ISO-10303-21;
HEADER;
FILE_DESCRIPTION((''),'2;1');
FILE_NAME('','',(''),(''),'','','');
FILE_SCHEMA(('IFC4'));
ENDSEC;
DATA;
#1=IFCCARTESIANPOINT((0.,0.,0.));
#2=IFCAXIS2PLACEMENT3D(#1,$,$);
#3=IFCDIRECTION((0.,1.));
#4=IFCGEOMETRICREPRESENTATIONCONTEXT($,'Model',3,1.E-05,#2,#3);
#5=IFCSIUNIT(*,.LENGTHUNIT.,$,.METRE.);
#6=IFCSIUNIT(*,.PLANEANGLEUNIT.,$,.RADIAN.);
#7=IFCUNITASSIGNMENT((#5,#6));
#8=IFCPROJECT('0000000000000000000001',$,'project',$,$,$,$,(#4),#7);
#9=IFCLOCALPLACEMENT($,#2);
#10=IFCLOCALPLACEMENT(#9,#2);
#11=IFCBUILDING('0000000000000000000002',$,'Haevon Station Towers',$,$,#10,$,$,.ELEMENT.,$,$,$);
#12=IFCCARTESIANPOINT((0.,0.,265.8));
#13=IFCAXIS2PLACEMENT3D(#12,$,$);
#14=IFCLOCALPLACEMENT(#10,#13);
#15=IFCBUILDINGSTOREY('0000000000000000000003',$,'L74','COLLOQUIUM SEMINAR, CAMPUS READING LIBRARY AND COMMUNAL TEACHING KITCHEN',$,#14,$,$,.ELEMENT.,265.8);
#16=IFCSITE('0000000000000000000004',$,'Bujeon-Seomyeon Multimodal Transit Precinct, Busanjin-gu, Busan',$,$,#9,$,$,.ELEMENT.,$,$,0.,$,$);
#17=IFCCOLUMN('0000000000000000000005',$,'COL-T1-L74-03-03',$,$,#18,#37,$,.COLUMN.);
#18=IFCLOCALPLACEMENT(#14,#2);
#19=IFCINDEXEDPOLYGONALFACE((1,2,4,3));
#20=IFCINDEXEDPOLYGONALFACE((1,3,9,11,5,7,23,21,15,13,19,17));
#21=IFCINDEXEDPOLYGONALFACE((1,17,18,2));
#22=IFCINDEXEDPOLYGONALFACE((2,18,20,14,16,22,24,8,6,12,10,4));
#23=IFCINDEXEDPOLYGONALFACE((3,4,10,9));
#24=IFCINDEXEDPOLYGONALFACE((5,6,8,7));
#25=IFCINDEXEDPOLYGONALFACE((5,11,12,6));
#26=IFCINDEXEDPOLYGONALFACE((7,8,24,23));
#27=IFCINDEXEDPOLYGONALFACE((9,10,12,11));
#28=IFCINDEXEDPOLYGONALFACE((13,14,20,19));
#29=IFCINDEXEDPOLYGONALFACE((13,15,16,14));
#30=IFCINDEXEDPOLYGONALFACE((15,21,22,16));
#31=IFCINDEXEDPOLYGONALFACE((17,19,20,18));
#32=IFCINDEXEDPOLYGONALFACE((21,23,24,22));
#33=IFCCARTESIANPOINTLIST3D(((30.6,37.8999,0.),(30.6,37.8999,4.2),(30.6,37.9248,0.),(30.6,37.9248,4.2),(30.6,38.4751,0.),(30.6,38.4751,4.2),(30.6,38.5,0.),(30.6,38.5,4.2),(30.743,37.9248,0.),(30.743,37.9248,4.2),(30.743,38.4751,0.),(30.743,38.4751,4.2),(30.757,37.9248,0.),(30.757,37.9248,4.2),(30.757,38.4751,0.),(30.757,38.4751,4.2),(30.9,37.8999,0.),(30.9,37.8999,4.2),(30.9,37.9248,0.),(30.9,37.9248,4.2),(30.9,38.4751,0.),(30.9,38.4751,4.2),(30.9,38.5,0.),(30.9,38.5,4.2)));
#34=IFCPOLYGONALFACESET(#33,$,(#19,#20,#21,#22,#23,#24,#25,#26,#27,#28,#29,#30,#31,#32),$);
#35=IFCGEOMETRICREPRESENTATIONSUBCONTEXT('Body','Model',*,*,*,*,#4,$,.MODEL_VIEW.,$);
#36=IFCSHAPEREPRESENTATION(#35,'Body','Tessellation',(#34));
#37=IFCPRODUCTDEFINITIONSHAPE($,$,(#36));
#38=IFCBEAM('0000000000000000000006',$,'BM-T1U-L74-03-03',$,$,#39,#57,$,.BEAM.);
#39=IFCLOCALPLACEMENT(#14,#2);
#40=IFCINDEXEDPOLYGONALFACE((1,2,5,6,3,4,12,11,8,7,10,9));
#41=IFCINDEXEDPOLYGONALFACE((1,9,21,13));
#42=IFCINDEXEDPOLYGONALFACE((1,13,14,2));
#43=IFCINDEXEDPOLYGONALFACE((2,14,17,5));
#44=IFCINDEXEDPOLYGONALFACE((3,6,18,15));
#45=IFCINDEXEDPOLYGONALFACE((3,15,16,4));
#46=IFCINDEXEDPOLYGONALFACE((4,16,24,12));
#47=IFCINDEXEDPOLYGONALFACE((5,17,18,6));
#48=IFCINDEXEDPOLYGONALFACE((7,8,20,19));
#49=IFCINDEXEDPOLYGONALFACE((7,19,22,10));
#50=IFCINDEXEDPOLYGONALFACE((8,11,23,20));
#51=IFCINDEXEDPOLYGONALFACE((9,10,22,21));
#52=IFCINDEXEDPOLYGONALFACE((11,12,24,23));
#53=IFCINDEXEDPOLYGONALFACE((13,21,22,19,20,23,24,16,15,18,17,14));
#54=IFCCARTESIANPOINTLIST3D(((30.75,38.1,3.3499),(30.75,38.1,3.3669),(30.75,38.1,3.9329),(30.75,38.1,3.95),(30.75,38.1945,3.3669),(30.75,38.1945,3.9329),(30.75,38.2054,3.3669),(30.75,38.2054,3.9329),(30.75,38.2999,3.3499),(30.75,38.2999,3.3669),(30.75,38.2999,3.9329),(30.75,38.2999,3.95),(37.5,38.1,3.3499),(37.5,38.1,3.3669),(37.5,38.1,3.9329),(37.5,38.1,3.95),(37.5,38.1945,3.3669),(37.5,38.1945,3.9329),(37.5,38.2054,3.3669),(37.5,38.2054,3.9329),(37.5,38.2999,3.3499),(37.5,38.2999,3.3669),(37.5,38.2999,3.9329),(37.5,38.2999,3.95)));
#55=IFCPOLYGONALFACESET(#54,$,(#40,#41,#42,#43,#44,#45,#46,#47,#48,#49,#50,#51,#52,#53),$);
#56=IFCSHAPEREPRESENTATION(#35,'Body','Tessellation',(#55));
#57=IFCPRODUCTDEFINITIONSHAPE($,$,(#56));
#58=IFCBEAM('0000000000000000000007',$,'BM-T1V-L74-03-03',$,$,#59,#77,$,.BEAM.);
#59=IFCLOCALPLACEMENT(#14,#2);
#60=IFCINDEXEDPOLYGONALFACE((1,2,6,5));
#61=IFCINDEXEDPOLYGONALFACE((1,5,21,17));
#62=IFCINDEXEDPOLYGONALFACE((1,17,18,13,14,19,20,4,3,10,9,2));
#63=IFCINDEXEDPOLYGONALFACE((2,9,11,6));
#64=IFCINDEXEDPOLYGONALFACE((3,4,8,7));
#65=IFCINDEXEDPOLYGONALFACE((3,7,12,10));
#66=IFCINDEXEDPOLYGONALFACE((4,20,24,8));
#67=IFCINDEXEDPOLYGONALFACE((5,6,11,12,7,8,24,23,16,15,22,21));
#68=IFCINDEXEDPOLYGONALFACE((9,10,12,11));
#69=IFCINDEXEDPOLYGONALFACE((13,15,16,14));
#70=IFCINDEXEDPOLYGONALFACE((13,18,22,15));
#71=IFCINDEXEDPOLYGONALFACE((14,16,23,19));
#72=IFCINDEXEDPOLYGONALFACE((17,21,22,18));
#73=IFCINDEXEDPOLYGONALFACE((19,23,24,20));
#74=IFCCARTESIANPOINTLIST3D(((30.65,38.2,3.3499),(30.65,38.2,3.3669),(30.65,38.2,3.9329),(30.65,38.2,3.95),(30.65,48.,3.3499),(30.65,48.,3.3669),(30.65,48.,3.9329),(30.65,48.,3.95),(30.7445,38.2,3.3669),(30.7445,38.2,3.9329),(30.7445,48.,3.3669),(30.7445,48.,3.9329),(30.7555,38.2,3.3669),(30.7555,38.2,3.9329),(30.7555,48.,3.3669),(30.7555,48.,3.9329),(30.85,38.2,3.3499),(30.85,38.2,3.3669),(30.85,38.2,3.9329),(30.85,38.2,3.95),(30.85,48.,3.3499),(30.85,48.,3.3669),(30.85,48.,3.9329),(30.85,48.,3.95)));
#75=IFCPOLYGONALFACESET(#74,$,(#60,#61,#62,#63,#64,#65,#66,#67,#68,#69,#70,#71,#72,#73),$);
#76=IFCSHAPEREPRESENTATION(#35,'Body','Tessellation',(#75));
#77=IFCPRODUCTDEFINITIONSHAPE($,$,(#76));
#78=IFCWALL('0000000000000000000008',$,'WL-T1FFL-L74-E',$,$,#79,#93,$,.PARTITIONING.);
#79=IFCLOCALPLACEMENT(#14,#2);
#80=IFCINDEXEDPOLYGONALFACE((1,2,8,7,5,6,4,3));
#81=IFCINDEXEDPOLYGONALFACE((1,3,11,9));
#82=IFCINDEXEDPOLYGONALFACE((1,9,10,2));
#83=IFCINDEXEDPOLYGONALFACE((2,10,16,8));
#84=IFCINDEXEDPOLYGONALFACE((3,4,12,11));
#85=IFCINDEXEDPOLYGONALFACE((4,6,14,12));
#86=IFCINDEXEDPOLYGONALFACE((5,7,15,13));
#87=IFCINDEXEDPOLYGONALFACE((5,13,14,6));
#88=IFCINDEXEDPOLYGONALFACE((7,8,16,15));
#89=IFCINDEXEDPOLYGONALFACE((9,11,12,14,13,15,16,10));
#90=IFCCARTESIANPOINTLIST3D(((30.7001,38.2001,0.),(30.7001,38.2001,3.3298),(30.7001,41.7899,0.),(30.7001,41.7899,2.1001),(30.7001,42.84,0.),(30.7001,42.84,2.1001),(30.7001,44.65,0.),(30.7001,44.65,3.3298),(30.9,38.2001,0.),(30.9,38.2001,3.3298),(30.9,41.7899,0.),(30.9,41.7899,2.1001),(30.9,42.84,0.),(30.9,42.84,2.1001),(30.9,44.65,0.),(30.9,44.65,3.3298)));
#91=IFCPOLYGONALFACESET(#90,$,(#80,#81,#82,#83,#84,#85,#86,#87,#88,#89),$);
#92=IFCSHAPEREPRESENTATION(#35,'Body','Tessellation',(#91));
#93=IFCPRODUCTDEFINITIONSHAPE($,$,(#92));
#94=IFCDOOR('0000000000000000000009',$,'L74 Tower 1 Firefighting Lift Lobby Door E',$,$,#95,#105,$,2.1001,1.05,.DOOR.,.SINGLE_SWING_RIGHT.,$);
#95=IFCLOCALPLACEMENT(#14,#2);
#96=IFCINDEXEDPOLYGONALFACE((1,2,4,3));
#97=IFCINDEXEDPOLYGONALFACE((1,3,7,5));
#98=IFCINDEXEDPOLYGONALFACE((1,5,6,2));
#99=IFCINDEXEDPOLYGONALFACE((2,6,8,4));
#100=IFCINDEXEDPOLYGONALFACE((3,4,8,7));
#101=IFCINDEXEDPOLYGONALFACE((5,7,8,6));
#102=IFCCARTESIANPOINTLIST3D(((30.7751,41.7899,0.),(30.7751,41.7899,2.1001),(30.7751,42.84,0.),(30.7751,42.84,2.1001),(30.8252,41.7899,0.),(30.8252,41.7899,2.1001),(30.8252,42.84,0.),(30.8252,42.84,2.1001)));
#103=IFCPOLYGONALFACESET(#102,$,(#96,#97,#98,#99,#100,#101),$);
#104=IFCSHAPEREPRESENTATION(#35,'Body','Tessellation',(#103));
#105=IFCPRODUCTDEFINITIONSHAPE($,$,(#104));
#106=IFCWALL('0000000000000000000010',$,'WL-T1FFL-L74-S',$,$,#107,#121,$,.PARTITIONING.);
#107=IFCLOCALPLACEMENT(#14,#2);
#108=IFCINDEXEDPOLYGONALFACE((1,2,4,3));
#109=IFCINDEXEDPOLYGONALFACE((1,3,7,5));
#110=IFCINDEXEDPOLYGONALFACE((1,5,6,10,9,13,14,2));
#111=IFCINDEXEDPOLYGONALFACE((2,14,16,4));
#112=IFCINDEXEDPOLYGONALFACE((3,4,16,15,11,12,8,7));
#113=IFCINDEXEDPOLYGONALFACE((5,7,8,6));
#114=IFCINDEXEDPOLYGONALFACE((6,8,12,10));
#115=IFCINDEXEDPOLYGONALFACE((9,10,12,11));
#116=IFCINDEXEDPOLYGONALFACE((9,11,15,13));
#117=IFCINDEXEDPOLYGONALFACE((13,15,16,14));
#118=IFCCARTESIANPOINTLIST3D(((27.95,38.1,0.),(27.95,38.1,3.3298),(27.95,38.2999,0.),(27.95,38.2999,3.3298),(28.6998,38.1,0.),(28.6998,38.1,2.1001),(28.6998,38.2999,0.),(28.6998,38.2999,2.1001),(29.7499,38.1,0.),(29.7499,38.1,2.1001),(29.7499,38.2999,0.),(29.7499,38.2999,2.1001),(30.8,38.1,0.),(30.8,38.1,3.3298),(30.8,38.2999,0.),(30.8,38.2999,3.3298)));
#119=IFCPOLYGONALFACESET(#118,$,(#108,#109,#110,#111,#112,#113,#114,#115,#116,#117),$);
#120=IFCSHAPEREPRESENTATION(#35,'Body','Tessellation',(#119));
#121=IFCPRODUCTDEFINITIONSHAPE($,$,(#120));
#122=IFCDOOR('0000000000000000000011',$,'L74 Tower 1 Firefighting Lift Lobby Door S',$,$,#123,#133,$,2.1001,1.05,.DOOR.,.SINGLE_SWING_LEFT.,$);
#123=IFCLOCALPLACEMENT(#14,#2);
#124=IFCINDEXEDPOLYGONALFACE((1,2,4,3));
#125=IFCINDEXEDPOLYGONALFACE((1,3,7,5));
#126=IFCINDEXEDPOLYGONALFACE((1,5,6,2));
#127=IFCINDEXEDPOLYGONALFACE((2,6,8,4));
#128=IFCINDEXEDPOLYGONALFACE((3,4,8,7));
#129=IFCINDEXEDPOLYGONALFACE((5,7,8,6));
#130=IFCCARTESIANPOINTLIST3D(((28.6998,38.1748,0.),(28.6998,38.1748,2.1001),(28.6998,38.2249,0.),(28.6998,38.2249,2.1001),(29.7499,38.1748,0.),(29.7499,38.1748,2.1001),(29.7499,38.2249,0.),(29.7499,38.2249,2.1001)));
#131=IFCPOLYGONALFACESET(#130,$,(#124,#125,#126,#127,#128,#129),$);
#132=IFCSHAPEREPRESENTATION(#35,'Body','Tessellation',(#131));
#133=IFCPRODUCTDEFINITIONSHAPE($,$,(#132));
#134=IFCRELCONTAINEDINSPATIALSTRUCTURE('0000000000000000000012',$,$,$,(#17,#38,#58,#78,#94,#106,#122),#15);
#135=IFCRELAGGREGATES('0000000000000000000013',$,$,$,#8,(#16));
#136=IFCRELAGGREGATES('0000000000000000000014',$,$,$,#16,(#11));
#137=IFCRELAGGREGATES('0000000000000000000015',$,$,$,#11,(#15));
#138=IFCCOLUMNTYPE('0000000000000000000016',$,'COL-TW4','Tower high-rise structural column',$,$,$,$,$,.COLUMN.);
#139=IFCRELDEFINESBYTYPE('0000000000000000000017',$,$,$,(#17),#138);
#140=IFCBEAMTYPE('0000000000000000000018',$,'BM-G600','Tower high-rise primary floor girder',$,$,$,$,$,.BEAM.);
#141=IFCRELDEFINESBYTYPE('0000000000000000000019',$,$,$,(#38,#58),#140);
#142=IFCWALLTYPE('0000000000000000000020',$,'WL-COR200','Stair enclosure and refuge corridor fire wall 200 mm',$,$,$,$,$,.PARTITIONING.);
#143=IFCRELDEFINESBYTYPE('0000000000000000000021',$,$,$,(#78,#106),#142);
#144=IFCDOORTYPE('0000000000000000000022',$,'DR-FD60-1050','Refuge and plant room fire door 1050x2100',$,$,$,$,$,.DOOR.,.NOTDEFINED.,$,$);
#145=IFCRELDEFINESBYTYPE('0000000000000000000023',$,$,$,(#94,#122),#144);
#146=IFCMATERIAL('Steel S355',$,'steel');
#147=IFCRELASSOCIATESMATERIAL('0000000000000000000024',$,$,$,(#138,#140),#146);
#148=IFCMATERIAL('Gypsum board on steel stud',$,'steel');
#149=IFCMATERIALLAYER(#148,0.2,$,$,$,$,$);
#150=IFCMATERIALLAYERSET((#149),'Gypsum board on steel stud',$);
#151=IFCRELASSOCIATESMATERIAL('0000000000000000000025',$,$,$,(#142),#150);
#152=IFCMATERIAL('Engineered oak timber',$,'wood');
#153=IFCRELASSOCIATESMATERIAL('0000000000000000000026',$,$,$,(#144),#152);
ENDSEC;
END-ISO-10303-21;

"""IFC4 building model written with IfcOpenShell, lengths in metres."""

from ifc_helpers import new_model, si_unit, direction, frame, frame_2d, origin, origin_2d, place, context, subcontext, project, spatial, rectangle, i_section, extrude, material, layer, layer_set, material_profile, profile_set, type_object, element, fill, save


model = new_model("IFC4")

# Units and contexts
model_context = context("Model", 3, precision=1e-05, world=origin(), true_north=direction((0.0, 1.0)))
body_context = subcontext(model_context, "Body", "Model", "MODEL_VIEW")
ifc_project = project(units=[si_unit("LENGTHUNIT", "METRE"), si_unit("PLANEANGLEUNIT", "RADIAN")], contexts=[model_context])

# Site, building, storey
site_placement = place(None, origin())
site = spatial("IfcSite", under=ifc_project, at=site_placement, Name="Bujeon-Seomyeon Multimodal Transit Precinct, Busanjin-gu, Busan", CompositionType="ELEMENT", RefElevation=0.0)
building_placement = place(site_placement, origin())
building = spatial("IfcBuilding", under=site, at=building_placement, Name="Haevon Station Towers", CompositionType="ELEMENT")
storey_placement = place(building_placement, frame((0.0, 0.0, 265.8)))
storey = spatial("IfcBuildingStorey", under=building, at=storey_placement, Name="L74", Description="COLLOQUIUM SEMINAR, CAMPUS READING LIBRARY AND COMMUNAL TEACHING KITCHEN", CompositionType="ELEMENT", Elevation=265.8)

# Column
ifc_material_1 = material(Name="Steel S355", Category="steel")
ifc_material_profile_1 = material_profile(ifc_material_1, i_section(OverallWidth=0.3, OverallDepth=0.6001, WebThickness=0.0139, FlangeThickness=0.0249, at=origin_2d()), Name="H-600x300x14x25")
ifc_profile_set_1 = profile_set([ifc_material_profile_1], Name="Steel S355")
column_type = type_object("IfcColumnType", Name="COL-TW4", Description="Tower high-rise structural column", PredefinedType="COLUMN", material=ifc_profile_set_1)
column_placement = place(storey_placement, frame((30.75, 38.2, 0.0), z_axis=(0.0, 0.0, 1.0), x_axis=(1.0, 0.0, 0.0)))
element("IfcColumn", 1, at=column_placement, inside=storey, type_object=column_type, Name="COL-T1-L74-03-03", PredefinedType="COLUMN", context=body_context, shape_type="SweptSolid", body=[
    extrude(i_section(OverallWidth=0.3, OverallDepth=0.6001, WebThickness=0.0139, FlangeThickness=0.0249, at=origin_2d()), origin(), (0.0, 0.0, 1.0), 4.2),
])

# Beams
ifc_material_profile_2 = material_profile(ifc_material_1, i_section(OverallWidth=0.2, OverallDepth=0.6001, WebThickness=0.011, FlangeThickness=0.0171, at=origin_2d()), Name="H-600x200x11x17")
ifc_profile_set_2 = profile_set([ifc_material_profile_2], Name="Steel S355")
beam_type = type_object("IfcBeamType", Name="BM-G600", Description="Tower high-rise primary floor girder", PredefinedType="BEAM", material=ifc_profile_set_2)
beam_1_placement = place(storey_placement, frame((30.75, 38.2, 3.6499), z_axis=(1.0, 0.0, 0.0), x_axis=(0.0, 1.0, 0.0)))
element("IfcBeam", 2, at=beam_1_placement, inside=storey, type_object=beam_type, Name="BM-T1U-L74-03-03", PredefinedType="BEAM", context=body_context, shape_type="SweptSolid", body=[
    extrude(i_section(OverallWidth=0.2, OverallDepth=0.6001, WebThickness=0.011, FlangeThickness=0.0171, at=origin_2d()), origin(), (0.0, 0.0, 1.0), 6.75),
])
beam_2_placement = place(storey_placement, frame((30.75, 38.2, 3.6499), z_axis=(0.0, 1.0, 0.0), x_axis=(-1.0, 0.0, 0.0)))
element("IfcBeam", 3, at=beam_2_placement, inside=storey, type_object=beam_type, Name="BM-T1V-L74-03-03", PredefinedType="BEAM", context=body_context, shape_type="SweptSolid", body=[
    extrude(i_section(OverallWidth=0.2, OverallDepth=0.6001, WebThickness=0.011, FlangeThickness=0.0171, at=origin_2d()), origin(), (0.0, 0.0, 1.0), 9.8),
])

# Walls, openings, doors
ifc_material_2 = material(Name="Gypsum board on steel stud", Category="steel")
ifc_layer_1 = layer(ifc_material_2, 0.2)
ifc_layer_set_1 = layer_set([ifc_layer_1], Name="Gypsum board on steel stud")
wall_type_1 = type_object("IfcWallType", Name="WL-COR200", Description="Stair enclosure and refuge corridor fire wall 200 mm", PredefinedType="PARTITIONING", material=ifc_layer_set_1)
wall_1_placement = place(storey_placement, frame((30.8, 38.2, 0.0), z_axis=(0.0, 0.0, 1.0), x_axis=(0.0, 1.0, 0.0)))
wall_1 = element("IfcWall", 4, at=wall_1_placement, inside=storey, type_object=wall_type_1, Name="WL-T1FFL-L74-E", PredefinedType="PARTITIONING", context=body_context, shape_type="SweptSolid", body=[
    extrude(rectangle(XDim=6.45, YDim=0.2, at=frame_2d((3.2251, 0.0))), origin(), (0.0, 0.0, 1.0), 3.3298),
])
opening_1_placement = place(wall_1_placement, frame((3.5901, 0.0, 0.0)))
opening_1 = element("IfcOpeningElement", 5, at=opening_1_placement, cuts=wall_1, PredefinedType="OPENING", context=body_context, shape_type="SweptSolid", body=[
    extrude(rectangle(XDim=1.05, YDim=2.1001, at=frame_2d((0.5249, 1.05))), frame((0.0, 0.1099, 0.0), z_axis=(0.0, -1.0, 0.0), x_axis=(1.0, 0.0, 0.0)), (0.0, 0.0, 1.0), 0.22),
])
ifc_material_3 = material(Name="Engineered oak timber", Category="wood")
door_type_1 = type_object("IfcDoorType", Name="DR-FD60-1050", Description="Refuge and plant room fire door 1050x2100", OperationType="NOTDEFINED", PredefinedType="DOOR", material=ifc_material_3)
door_1_placement = place(opening_1_placement, origin())
door_1 = element("IfcDoor", 6, at=door_1_placement, inside=storey, type_object=door_type_1, Name="L74 Tower 1 Firefighting Lift Lobby Door E", OperationType="SINGLE_SWING_RIGHT", OverallHeight=2.1001, OverallWidth=1.05, PredefinedType="DOOR", context=body_context, shape_type="SweptSolid", body=[
    extrude(rectangle(XDim=1.05, YDim=2.1001, at=frame_2d((0.5249, 1.05))), frame((0.0, 0.0249, 0.0), z_axis=(0.0, -1.0, 0.0), x_axis=(1.0, 0.0, 0.0)), (0.0, 0.0, 1.0), 0.05),
])
fill(opening_1, door_1)
wall_2_placement = place(storey_placement, frame((27.95, 38.2, 0.0), z_axis=(0.0, 0.0, 1.0), x_axis=(1.0, 0.0, 0.0)))
wall_2 = element("IfcWall", 7, at=wall_2_placement, inside=storey, type_object=wall_type_1, Name="WL-T1FFL-L74-S", PredefinedType="PARTITIONING", context=body_context, shape_type="SweptSolid", body=[
    extrude(rectangle(XDim=2.8501, YDim=0.2, at=frame_2d((1.425, 0.0))), origin(), (0.0, 0.0, 1.0), 3.3298),
])
opening_2_placement = place(wall_2_placement, frame((0.75, 0.0, 0.0)))
opening_2 = element("IfcOpeningElement", 8, at=opening_2_placement, cuts=wall_2, PredefinedType="OPENING", context=body_context, shape_type="SweptSolid", body=[
    extrude(rectangle(XDim=1.05, YDim=2.1001, at=frame_2d((0.5249, 1.05))), frame((0.0, 0.1099, 0.0), z_axis=(0.0, -1.0, 0.0), x_axis=(1.0, 0.0, 0.0)), (0.0, 0.0, 1.0), 0.22),
])
door_2_placement = place(opening_2_placement, origin())
door_2 = element("IfcDoor", 9, at=door_2_placement, inside=storey, type_object=door_type_1, Name="L74 Tower 1 Firefighting Lift Lobby Door S", OperationType="SINGLE_SWING_LEFT", OverallHeight=2.1001, OverallWidth=1.05, PredefinedType="DOOR", context=body_context, shape_type="SweptSolid", body=[
    extrude(rectangle(XDim=1.05, YDim=2.1001, at=frame_2d((0.5249, 1.05))), frame((0.0, 0.0249, 0.0), z_axis=(0.0, -1.0, 0.0), x_axis=(1.0, 0.0, 0.0)), (0.0, 0.0, 1.0), 0.05),
])
fill(opening_2, door_2)

save(model, "model.ifc")
